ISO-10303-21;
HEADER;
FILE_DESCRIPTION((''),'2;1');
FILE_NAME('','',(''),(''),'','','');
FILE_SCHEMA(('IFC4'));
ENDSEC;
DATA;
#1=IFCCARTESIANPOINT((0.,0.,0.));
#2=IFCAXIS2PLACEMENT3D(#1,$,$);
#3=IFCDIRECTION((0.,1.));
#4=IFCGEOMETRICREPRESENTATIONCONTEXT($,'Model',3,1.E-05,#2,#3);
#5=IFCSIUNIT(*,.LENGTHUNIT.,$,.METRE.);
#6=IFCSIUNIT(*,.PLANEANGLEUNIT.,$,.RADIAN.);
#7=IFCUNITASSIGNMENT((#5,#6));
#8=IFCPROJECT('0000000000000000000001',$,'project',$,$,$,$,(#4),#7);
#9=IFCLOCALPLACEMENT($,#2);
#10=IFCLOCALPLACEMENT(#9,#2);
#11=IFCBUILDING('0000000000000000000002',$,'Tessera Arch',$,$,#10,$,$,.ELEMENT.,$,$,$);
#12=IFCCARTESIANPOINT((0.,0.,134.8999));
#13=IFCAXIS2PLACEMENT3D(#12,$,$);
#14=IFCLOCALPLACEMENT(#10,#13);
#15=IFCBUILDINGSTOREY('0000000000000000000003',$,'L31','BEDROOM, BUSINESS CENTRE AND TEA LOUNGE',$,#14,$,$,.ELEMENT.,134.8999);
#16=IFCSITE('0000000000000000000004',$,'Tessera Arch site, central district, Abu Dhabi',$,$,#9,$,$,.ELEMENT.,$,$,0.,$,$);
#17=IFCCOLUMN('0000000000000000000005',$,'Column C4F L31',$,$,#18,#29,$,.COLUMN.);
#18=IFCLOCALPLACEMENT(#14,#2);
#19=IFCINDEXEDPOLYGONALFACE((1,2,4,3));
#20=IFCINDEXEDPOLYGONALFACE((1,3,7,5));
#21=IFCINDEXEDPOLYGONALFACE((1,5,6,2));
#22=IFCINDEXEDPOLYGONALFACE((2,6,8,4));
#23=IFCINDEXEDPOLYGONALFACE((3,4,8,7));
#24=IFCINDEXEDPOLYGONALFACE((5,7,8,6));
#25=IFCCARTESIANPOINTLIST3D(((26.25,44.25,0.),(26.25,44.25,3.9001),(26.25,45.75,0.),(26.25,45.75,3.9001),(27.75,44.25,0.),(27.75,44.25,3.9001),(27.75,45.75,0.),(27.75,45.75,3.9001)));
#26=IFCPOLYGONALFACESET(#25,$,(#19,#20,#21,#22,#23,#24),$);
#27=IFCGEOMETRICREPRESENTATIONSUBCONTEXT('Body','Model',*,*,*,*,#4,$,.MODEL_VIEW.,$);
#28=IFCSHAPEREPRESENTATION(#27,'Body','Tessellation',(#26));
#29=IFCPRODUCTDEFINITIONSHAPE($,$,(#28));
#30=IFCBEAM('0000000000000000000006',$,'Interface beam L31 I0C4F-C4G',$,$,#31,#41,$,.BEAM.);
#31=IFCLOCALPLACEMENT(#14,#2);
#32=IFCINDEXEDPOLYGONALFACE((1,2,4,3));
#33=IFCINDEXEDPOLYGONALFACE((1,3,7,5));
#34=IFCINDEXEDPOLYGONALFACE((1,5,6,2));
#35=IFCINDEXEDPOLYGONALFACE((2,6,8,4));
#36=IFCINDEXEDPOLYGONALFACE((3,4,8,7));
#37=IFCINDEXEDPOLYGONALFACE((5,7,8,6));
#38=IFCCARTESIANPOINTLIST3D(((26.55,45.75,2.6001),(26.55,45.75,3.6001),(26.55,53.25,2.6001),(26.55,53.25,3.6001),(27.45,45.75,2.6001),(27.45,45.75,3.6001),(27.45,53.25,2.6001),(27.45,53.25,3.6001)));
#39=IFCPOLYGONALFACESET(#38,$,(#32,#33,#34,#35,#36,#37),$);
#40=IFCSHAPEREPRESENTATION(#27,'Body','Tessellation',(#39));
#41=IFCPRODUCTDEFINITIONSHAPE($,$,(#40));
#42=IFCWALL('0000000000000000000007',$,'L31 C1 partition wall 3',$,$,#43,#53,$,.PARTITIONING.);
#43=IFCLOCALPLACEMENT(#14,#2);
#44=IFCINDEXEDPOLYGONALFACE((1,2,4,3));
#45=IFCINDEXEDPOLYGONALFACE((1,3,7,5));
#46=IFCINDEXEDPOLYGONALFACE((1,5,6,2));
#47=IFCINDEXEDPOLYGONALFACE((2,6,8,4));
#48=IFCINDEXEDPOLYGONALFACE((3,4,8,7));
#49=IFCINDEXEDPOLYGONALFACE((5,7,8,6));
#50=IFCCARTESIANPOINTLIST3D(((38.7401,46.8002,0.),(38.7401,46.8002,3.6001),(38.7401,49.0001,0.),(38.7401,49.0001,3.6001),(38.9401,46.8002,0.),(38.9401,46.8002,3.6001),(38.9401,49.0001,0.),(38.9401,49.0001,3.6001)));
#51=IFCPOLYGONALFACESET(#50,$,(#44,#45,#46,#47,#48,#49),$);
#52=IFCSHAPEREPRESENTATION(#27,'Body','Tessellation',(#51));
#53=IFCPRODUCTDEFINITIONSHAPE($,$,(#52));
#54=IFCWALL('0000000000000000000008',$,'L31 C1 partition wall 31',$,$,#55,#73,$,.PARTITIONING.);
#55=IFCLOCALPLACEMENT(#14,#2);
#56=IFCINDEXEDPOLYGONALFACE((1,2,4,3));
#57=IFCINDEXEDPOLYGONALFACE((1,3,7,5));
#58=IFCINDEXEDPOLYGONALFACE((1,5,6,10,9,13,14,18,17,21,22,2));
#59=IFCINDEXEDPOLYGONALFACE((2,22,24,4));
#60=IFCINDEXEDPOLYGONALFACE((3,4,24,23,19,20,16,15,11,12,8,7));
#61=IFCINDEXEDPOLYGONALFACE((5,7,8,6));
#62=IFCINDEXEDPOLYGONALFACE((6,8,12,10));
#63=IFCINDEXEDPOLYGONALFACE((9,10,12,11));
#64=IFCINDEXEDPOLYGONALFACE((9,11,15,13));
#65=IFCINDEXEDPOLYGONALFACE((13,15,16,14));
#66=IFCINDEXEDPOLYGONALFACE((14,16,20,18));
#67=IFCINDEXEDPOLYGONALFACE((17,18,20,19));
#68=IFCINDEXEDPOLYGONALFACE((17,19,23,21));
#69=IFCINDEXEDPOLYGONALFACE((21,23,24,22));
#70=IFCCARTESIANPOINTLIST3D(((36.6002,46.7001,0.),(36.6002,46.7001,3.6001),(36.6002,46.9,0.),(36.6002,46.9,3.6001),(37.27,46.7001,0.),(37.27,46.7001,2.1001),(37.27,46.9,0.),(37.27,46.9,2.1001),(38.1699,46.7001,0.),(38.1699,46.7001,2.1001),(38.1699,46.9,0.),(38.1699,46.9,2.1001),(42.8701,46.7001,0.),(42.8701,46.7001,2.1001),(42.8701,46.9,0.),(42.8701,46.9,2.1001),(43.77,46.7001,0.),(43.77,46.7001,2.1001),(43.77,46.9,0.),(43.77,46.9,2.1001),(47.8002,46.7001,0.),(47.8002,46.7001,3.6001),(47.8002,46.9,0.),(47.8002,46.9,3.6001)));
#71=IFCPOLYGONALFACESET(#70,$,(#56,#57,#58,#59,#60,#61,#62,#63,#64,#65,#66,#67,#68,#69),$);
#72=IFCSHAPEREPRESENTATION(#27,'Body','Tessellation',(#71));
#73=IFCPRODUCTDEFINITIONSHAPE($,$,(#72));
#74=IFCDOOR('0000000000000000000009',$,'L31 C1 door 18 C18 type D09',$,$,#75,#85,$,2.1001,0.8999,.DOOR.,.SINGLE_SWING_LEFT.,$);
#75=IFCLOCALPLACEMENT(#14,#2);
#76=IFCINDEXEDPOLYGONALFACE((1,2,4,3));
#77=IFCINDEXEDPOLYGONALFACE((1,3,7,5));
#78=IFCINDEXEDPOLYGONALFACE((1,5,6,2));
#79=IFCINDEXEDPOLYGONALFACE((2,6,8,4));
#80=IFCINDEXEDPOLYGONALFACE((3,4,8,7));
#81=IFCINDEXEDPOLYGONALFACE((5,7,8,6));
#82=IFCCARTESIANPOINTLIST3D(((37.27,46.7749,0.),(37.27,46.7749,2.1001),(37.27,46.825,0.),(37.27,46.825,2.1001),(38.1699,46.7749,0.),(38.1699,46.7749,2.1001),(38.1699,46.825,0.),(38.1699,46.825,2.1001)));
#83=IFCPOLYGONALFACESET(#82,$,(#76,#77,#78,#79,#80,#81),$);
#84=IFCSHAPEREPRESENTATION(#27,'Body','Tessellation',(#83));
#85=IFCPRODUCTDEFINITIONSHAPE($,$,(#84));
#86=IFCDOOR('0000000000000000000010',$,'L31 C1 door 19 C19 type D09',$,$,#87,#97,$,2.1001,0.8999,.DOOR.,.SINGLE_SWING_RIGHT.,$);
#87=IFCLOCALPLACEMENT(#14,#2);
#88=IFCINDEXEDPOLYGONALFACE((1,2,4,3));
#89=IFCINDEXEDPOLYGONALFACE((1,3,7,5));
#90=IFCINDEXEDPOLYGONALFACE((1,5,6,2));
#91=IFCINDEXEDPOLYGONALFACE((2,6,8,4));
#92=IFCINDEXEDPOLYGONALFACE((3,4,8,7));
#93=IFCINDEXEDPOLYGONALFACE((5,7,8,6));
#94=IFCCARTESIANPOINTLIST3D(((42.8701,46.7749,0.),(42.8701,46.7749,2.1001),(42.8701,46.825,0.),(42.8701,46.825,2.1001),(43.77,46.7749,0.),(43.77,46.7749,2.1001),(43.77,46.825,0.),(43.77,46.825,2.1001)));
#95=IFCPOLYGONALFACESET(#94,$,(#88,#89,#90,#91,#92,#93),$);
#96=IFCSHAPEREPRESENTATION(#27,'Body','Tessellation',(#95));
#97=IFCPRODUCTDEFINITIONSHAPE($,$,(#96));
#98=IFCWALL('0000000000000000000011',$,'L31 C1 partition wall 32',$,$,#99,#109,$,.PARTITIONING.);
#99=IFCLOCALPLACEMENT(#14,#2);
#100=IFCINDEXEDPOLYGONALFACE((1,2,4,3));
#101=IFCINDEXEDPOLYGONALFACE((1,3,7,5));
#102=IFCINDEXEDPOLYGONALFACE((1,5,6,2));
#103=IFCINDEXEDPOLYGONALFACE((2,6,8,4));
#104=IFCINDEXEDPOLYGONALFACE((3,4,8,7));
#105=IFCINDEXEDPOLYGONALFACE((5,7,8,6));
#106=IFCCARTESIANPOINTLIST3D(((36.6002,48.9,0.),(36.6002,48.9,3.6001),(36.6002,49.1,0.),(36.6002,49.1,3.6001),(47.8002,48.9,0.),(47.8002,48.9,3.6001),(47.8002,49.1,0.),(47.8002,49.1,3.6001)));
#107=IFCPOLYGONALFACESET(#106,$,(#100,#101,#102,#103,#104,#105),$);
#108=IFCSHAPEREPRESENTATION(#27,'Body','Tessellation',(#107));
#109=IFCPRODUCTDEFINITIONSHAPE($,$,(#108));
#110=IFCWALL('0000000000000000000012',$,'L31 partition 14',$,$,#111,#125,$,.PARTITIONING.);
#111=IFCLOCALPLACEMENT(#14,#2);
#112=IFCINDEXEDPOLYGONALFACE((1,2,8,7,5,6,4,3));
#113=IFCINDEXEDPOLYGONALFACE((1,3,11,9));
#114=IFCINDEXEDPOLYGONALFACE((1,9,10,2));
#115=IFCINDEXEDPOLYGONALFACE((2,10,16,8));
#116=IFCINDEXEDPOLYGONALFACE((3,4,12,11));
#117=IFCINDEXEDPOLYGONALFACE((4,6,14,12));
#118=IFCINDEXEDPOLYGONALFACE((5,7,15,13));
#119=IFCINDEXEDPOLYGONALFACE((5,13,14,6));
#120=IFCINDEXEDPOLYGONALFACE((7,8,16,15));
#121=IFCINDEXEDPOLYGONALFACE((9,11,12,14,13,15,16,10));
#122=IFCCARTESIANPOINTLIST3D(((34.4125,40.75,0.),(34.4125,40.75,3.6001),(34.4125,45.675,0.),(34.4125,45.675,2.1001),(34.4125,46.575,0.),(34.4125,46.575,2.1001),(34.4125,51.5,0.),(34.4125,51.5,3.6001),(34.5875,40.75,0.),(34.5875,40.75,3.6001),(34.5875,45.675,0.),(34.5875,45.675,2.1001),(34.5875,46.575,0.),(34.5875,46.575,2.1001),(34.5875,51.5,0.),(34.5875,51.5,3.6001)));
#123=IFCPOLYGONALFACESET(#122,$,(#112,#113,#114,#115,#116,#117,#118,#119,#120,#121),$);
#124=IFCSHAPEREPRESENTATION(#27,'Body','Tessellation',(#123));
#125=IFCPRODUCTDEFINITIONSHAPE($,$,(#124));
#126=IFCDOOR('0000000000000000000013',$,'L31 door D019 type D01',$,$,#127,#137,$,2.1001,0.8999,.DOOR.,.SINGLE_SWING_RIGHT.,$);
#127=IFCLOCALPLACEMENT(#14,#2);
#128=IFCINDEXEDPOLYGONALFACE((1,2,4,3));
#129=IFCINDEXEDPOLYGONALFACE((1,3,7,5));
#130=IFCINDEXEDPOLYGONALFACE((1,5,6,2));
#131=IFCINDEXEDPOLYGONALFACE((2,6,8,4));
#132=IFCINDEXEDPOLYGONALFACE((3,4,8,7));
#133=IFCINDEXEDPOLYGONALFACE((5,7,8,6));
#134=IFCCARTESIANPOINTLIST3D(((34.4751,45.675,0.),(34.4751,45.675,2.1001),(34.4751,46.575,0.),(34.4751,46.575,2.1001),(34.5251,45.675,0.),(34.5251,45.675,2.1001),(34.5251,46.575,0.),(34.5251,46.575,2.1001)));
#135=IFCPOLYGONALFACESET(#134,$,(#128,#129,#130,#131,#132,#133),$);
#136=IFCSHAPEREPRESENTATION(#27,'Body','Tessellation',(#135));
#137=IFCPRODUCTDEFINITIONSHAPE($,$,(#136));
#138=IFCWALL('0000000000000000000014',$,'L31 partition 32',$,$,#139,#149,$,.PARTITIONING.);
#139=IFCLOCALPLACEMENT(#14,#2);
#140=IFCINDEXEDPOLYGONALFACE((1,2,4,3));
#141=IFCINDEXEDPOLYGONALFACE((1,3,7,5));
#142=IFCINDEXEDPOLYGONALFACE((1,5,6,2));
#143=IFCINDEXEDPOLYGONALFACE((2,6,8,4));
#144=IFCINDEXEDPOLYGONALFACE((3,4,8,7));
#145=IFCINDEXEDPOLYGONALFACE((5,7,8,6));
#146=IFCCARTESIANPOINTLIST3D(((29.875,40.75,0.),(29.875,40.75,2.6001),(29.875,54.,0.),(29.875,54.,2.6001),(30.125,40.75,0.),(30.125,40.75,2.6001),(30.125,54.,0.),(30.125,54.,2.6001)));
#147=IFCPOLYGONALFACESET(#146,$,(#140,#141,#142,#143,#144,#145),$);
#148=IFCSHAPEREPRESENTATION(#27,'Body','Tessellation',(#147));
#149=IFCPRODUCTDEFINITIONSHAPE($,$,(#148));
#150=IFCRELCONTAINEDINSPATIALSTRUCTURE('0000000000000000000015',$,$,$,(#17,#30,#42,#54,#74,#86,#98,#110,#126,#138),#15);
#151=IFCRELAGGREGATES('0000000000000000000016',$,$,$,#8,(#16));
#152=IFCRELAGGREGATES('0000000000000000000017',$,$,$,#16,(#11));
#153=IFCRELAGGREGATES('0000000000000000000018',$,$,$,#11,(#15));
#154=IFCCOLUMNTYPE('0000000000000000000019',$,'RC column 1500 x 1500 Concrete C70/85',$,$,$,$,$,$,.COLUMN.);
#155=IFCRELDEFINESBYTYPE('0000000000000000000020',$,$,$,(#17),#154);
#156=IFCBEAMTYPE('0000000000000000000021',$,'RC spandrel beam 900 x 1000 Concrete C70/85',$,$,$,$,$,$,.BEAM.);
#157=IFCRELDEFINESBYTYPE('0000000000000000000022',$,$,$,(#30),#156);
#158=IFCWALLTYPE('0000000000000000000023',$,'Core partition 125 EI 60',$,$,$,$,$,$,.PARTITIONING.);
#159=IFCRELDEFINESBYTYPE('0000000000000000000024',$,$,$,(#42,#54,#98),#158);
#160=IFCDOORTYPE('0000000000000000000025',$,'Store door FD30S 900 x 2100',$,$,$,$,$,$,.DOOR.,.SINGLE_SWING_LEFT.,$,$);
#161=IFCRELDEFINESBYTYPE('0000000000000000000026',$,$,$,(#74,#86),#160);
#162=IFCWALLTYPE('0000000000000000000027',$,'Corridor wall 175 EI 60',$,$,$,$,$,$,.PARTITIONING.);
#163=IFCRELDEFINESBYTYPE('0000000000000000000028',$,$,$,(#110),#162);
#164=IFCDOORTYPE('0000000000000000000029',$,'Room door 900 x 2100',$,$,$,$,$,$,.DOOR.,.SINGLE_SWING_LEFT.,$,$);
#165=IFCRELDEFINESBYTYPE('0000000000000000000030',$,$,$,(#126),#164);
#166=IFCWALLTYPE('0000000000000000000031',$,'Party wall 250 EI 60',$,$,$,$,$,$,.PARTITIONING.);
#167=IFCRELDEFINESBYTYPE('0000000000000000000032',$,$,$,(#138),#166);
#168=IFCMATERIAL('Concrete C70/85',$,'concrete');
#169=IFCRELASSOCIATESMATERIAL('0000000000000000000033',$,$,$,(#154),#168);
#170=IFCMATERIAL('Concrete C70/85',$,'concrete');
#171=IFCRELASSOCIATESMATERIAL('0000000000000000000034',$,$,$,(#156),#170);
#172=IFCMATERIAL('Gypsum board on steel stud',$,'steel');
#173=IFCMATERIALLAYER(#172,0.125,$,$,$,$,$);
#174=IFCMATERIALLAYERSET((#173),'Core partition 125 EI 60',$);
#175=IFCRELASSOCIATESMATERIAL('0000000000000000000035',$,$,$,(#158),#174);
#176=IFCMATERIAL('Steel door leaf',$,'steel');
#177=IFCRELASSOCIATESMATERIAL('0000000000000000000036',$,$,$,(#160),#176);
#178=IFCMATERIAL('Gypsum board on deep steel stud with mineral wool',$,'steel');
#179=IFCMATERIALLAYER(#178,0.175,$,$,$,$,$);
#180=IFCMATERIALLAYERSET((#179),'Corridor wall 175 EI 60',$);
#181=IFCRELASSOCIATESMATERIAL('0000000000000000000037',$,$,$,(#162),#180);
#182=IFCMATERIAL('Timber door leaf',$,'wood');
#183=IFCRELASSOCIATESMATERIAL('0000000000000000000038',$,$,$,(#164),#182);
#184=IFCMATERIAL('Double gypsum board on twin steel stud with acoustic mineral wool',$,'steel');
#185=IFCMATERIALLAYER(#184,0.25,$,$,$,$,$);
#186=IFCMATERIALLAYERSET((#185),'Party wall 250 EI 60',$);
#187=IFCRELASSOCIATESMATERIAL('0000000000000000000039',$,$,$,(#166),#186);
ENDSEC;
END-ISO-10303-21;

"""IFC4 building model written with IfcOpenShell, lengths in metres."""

from ifc_helpers import new_model, si_unit, direction, frame, frame_2d, origin, origin_2d, place, context, subcontext, project, spatial, rectangle, extrude, material, layer, layer_set, material_profile, profile_set, type_object, element, fill, save


model = new_model("IFC4")

# Units and contexts
model_context = context("Model", 3, precision=1e-05, world=origin(), true_north=direction((0.0, 1.0)))
body_context = subcontext(model_context, "Body", "Model", "MODEL_VIEW")
ifc_project = project(units=[si_unit("LENGTHUNIT", "METRE"), si_unit("PLANEANGLEUNIT", "RADIAN")], contexts=[model_context])

# Site, building, storey
site_placement = place(None, origin())
site = spatial("IfcSite", under=ifc_project, at=site_placement, Name="Tessera Arch site, central district, Abu Dhabi", CompositionType="ELEMENT", RefElevation=0.0)
building_placement = place(site_placement, origin())
building = spatial("IfcBuilding", under=site, at=building_placement, Name="Tessera Arch", CompositionType="ELEMENT")
storey_placement = place(building_placement, frame((0.0, 0.0, 134.8999)))
storey = spatial("IfcBuildingStorey", under=building, at=storey_placement, Name="L31", Description="BEDROOM, BUSINESS CENTRE AND TEA LOUNGE", CompositionType="ELEMENT", Elevation=134.8999)

# Column
ifc_material_1 = material(Name="Concrete C70/85", Category="concrete")
ifc_material_profile_1 = material_profile(ifc_material_1, rectangle(XDim=1.5, YDim=1.5, at=origin_2d()), Name="RC column 1500 x 1500 Concrete C70/85")
ifc_profile_set_1 = profile_set([ifc_material_profile_1], Name="Concrete C70/85")
column_type = type_object("IfcColumnType", Name="RC column 1500 x 1500 Concrete C70/85", PredefinedType="COLUMN", material=ifc_profile_set_1)
column_placement = place(storey_placement, frame((27.0, 45.0, 0.0), z_axis=(0.0, 0.0, 1.0), x_axis=(1.0, 0.0, 0.0)))
element("IfcColumn", 1, at=column_placement, inside=storey, type_object=column_type, Name="Column C4F L31", PredefinedType="COLUMN", context=body_context, shape_type="SweptSolid", body=[
    extrude(rectangle(XDim=1.5, YDim=1.5, at=origin_2d()), origin(), (0.0, 0.0, 1.0), 3.9001),
])

# Beam
ifc_material_2 = material(Name="Concrete C70/85", Category="concrete")
ifc_material_profile_2 = material_profile(ifc_material_2, rectangle(XDim=0.8999, YDim=1.0, at=origin_2d()), Name="RC spandrel beam 900 x 1000 Concrete C70/85")
ifc_profile_set_2 = profile_set([ifc_material_profile_2], Name="Concrete C70/85")
beam_type = type_object("IfcBeamType", Name="RC spandrel beam 900 x 1000 Concrete C70/85", PredefinedType="BEAM", material=ifc_profile_set_2)
beam_placement = place(storey_placement, frame((27.0, 45.75, 3.1001), z_axis=(0.0, 1.0, 0.0), x_axis=(-1.0, 0.0, 0.0)))
element("IfcBeam", 2, at=beam_placement, inside=storey, type_object=beam_type, Name="Interface beam L31 I0C4F-C4G", PredefinedType="BEAM", context=body_context, shape_type="SweptSolid", body=[
    extrude(rectangle(XDim=0.8999, YDim=1.0, at=origin_2d()), origin(), (0.0, 0.0, 1.0), 7.5),
])

# Wall
ifc_material_3 = material(Name="Gypsum board on steel stud", Category="steel")
ifc_layer_1 = layer(ifc_material_3, 0.125)
ifc_layer_set_1 = layer_set([ifc_layer_1], Name="Core partition 125 EI 60")
wall_type_1 = type_object("IfcWallType", Name="Core partition 125 EI 60", PredefinedType="PARTITIONING", material=ifc_layer_set_1)
wall_1_placement = place(storey_placement, frame((38.8401, 46.8, 0.0), z_axis=(0.0, 0.0, 1.0), x_axis=(0.0, 1.0, 0.0)))
element("IfcWall", 3, at=wall_1_placement, inside=storey, type_object=wall_type_1, Name="L31 C1 partition wall 3", PredefinedType="PARTITIONING", context=body_context, shape_type="SweptSolid", body=[
    extrude(rectangle(XDim=2.2, YDim=0.2, at=frame_2d((1.1001, 0.0))), origin(), (0.0, 0.0, 1.0), 3.6001),
])

# Wall, openings, doors
wall_2_placement = place(storey_placement, frame((36.6001, 46.8, 0.0), z_axis=(0.0, 0.0, 1.0), x_axis=(1.0, 0.0, 0.0)))
wall_2 = element("IfcWall", 4, at=wall_2_placement, inside=storey, type_object=wall_type_1, Name="L31 C1 partition wall 31", PredefinedType="PARTITIONING", context=body_context, shape_type="SweptSolid", body=[
    extrude(rectangle(XDim=11.2, YDim=0.2, at=frame_2d((5.6001, 0.0))), origin(), (0.0, 0.0, 1.0), 3.6001),
])
opening_1_placement = place(wall_2_placement, frame((0.6699, 0.0, 0.0)))
opening_1 = element("IfcOpeningElement", 5, at=opening_1_placement, cuts=wall_2, PredefinedType="OPENING", context=body_context, shape_type="SweptSolid", body=[
    extrude(rectangle(XDim=0.8999, YDim=2.1001, at=frame_2d((0.45, 1.05))), frame((0.0, 0.1099, 0.0), z_axis=(0.0, -1.0, 0.0), x_axis=(1.0, 0.0, 0.0)), (0.0, 0.0, 1.0), 0.22),
])
opening_2_placement = place(wall_2_placement, frame((6.27, 0.0, 0.0)))
opening_2 = element("IfcOpeningElement", 6, at=opening_2_placement, cuts=wall_2, PredefinedType="OPENING", context=body_context, shape_type="SweptSolid", body=[
    extrude(rectangle(XDim=0.8999, YDim=2.1001, at=frame_2d((0.45, 1.05))), frame((0.0, 0.1099, 0.0), z_axis=(0.0, -1.0, 0.0), x_axis=(1.0, 0.0, 0.0)), (0.0, 0.0, 1.0), 0.22),
])
ifc_material_4 = material(Name="Steel door leaf", Category="steel")
door_type_1 = type_object("IfcDoorType", Name="Store door FD30S 900 x 2100", OperationType="SINGLE_SWING_LEFT", PredefinedType="DOOR", material=ifc_material_4)
door_1_placement = place(opening_1_placement, origin())
door_1 = element("IfcDoor", 7, at=door_1_placement, inside=storey, type_object=door_type_1, Name="L31 C1 door 18 C18 type D09", OperationType="SINGLE_SWING_LEFT", OverallHeight=2.1001, OverallWidth=0.8999, PredefinedType="DOOR", context=body_context, shape_type="SweptSolid", body=[
    extrude(rectangle(XDim=0.8999, YDim=2.1001, at=frame_2d((0.45, 1.05))), frame((0.0, 0.0249, 0.0), z_axis=(0.0, -1.0, 0.0), x_axis=(1.0, 0.0, 0.0)), (0.0, 0.0, 1.0), 0.05),
])
fill(opening_1, door_1)
door_2_placement = place(opening_2_placement, origin())
door_2 = element("IfcDoor", 8, at=door_2_placement, inside=storey, type_object=door_type_1, Name="L31 C1 door 19 C19 type D09", OperationType="SINGLE_SWING_RIGHT", OverallHeight=2.1001, OverallWidth=0.8999, PredefinedType="DOOR", context=body_context, shape_type="SweptSolid", body=[
    extrude(rectangle(XDim=0.8999, YDim=2.1001, at=frame_2d((0.45, 1.05))), frame((0.0, 0.0249, 0.0), z_axis=(0.0, -1.0, 0.0), x_axis=(1.0, 0.0, 0.0)), (0.0, 0.0, 1.0), 0.05),
])
fill(opening_2, door_2)

# Wall
wall_3_placement = place(storey_placement, frame((36.6001, 49.0, 0.0), z_axis=(0.0, 0.0, 1.0), x_axis=(1.0, 0.0, 0.0)))
element("IfcWall", 9, at=wall_3_placement, inside=storey, type_object=wall_type_1, Name="L31 C1 partition wall 32", PredefinedType="PARTITIONING", context=body_context, shape_type="SweptSolid", body=[
    extrude(rectangle(XDim=11.2, YDim=0.2, at=frame_2d((5.6001, 0.0))), origin(), (0.0, 0.0, 1.0), 3.6001),
])

# Wall, opening, door
ifc_material_5 = material(Name="Gypsum board on deep steel stud with mineral wool", Category="steel")
ifc_layer_2 = layer(ifc_material_5, 0.175)
ifc_layer_set_2 = layer_set([ifc_layer_2], Name="Corridor wall 175 EI 60")
wall_type_2 = type_object("IfcWallType", Name="Corridor wall 175 EI 60", PredefinedType="PARTITIONING", material=ifc_layer_set_2)
wall_4_placement = place(storey_placement, frame((34.5, 40.75, 0.0), z_axis=(0.0, 0.0, 1.0), x_axis=(0.0, 1.0, 0.0)))
wall_4 = element("IfcWall", 10, at=wall_4_placement, inside=storey, type_object=wall_type_2, Name="L31 partition 14", PredefinedType="PARTITIONING", context=body_context, shape_type="SweptSolid", body=[
    extrude(rectangle(XDim=10.75, YDim=0.175, at=frame_2d((5.375, 0.0))), origin(), (0.0, 0.0, 1.0), 3.6001),
])
opening_3_placement = place(wall_4_placement, frame((4.925, 0.0, 0.0)))
opening_3 = element("IfcOpeningElement", 11, at=opening_3_placement, cuts=wall_4, PredefinedType="OPENING", context=body_context, shape_type="SweptSolid", body=[
    extrude(rectangle(XDim=0.8999, YDim=2.1001, at=frame_2d((0.45, 1.05))), frame((0.0, 0.0974, 0.0), z_axis=(0.0, -1.0, 0.0), x_axis=(1.0, 0.0, 0.0)), (0.0, 0.0, 1.0), 0.1951),
])
ifc_material_6 = material(Name="Timber door leaf", Category="wood")
door_type_2 = type_object("IfcDoorType", Name="Room door 900 x 2100", OperationType="SINGLE_SWING_LEFT", PredefinedType="DOOR", material=ifc_material_6)
door_3_placement = place(opening_3_placement, origin())
door_3 = element("IfcDoor", 12, at=door_3_placement, inside=storey, type_object=door_type_2, Name="L31 door D019 type D01", OperationType="SINGLE_SWING_RIGHT", OverallHeight=2.1001, OverallWidth=0.8999, PredefinedType="DOOR", context=body_context, shape_type="SweptSolid", body=[
    extrude(rectangle(XDim=0.8999, YDim=2.1001, at=frame_2d((0.45, 1.05))), frame((0.0, 0.0249, 0.0), z_axis=(0.0, -1.0, 0.0), x_axis=(1.0, 0.0, 0.0)), (0.0, 0.0, 1.0), 0.05),
])
fill(opening_3, door_3)

# Wall
ifc_material_7 = material(Name="Double gypsum board on twin steel stud with acoustic mineral wool", Category="steel")
ifc_layer_3 = layer(ifc_material_7, 0.25)
ifc_layer_set_3 = layer_set([ifc_layer_3], Name="Party wall 250 EI 60")
wall_type_3 = type_object("IfcWallType", Name="Party wall 250 EI 60", PredefinedType="PARTITIONING", material=ifc_layer_set_3)
wall_5_placement = place(storey_placement, frame((30.0, 40.75, 0.0), z_axis=(0.0, 0.0, 1.0), x_axis=(0.0, 1.0, 0.0)))
element("IfcWall", 13, at=wall_5_placement, inside=storey, type_object=wall_type_3, Name="L31 partition 32", PredefinedType="PARTITIONING", context=body_context, shape_type="SweptSolid", body=[
    extrude(rectangle(XDim=13.25, YDim=0.25, at=frame_2d((6.625, 0.0))), origin(), (0.0, 0.0, 1.0), 2.6001),
])

save(model, "model.ifc")
